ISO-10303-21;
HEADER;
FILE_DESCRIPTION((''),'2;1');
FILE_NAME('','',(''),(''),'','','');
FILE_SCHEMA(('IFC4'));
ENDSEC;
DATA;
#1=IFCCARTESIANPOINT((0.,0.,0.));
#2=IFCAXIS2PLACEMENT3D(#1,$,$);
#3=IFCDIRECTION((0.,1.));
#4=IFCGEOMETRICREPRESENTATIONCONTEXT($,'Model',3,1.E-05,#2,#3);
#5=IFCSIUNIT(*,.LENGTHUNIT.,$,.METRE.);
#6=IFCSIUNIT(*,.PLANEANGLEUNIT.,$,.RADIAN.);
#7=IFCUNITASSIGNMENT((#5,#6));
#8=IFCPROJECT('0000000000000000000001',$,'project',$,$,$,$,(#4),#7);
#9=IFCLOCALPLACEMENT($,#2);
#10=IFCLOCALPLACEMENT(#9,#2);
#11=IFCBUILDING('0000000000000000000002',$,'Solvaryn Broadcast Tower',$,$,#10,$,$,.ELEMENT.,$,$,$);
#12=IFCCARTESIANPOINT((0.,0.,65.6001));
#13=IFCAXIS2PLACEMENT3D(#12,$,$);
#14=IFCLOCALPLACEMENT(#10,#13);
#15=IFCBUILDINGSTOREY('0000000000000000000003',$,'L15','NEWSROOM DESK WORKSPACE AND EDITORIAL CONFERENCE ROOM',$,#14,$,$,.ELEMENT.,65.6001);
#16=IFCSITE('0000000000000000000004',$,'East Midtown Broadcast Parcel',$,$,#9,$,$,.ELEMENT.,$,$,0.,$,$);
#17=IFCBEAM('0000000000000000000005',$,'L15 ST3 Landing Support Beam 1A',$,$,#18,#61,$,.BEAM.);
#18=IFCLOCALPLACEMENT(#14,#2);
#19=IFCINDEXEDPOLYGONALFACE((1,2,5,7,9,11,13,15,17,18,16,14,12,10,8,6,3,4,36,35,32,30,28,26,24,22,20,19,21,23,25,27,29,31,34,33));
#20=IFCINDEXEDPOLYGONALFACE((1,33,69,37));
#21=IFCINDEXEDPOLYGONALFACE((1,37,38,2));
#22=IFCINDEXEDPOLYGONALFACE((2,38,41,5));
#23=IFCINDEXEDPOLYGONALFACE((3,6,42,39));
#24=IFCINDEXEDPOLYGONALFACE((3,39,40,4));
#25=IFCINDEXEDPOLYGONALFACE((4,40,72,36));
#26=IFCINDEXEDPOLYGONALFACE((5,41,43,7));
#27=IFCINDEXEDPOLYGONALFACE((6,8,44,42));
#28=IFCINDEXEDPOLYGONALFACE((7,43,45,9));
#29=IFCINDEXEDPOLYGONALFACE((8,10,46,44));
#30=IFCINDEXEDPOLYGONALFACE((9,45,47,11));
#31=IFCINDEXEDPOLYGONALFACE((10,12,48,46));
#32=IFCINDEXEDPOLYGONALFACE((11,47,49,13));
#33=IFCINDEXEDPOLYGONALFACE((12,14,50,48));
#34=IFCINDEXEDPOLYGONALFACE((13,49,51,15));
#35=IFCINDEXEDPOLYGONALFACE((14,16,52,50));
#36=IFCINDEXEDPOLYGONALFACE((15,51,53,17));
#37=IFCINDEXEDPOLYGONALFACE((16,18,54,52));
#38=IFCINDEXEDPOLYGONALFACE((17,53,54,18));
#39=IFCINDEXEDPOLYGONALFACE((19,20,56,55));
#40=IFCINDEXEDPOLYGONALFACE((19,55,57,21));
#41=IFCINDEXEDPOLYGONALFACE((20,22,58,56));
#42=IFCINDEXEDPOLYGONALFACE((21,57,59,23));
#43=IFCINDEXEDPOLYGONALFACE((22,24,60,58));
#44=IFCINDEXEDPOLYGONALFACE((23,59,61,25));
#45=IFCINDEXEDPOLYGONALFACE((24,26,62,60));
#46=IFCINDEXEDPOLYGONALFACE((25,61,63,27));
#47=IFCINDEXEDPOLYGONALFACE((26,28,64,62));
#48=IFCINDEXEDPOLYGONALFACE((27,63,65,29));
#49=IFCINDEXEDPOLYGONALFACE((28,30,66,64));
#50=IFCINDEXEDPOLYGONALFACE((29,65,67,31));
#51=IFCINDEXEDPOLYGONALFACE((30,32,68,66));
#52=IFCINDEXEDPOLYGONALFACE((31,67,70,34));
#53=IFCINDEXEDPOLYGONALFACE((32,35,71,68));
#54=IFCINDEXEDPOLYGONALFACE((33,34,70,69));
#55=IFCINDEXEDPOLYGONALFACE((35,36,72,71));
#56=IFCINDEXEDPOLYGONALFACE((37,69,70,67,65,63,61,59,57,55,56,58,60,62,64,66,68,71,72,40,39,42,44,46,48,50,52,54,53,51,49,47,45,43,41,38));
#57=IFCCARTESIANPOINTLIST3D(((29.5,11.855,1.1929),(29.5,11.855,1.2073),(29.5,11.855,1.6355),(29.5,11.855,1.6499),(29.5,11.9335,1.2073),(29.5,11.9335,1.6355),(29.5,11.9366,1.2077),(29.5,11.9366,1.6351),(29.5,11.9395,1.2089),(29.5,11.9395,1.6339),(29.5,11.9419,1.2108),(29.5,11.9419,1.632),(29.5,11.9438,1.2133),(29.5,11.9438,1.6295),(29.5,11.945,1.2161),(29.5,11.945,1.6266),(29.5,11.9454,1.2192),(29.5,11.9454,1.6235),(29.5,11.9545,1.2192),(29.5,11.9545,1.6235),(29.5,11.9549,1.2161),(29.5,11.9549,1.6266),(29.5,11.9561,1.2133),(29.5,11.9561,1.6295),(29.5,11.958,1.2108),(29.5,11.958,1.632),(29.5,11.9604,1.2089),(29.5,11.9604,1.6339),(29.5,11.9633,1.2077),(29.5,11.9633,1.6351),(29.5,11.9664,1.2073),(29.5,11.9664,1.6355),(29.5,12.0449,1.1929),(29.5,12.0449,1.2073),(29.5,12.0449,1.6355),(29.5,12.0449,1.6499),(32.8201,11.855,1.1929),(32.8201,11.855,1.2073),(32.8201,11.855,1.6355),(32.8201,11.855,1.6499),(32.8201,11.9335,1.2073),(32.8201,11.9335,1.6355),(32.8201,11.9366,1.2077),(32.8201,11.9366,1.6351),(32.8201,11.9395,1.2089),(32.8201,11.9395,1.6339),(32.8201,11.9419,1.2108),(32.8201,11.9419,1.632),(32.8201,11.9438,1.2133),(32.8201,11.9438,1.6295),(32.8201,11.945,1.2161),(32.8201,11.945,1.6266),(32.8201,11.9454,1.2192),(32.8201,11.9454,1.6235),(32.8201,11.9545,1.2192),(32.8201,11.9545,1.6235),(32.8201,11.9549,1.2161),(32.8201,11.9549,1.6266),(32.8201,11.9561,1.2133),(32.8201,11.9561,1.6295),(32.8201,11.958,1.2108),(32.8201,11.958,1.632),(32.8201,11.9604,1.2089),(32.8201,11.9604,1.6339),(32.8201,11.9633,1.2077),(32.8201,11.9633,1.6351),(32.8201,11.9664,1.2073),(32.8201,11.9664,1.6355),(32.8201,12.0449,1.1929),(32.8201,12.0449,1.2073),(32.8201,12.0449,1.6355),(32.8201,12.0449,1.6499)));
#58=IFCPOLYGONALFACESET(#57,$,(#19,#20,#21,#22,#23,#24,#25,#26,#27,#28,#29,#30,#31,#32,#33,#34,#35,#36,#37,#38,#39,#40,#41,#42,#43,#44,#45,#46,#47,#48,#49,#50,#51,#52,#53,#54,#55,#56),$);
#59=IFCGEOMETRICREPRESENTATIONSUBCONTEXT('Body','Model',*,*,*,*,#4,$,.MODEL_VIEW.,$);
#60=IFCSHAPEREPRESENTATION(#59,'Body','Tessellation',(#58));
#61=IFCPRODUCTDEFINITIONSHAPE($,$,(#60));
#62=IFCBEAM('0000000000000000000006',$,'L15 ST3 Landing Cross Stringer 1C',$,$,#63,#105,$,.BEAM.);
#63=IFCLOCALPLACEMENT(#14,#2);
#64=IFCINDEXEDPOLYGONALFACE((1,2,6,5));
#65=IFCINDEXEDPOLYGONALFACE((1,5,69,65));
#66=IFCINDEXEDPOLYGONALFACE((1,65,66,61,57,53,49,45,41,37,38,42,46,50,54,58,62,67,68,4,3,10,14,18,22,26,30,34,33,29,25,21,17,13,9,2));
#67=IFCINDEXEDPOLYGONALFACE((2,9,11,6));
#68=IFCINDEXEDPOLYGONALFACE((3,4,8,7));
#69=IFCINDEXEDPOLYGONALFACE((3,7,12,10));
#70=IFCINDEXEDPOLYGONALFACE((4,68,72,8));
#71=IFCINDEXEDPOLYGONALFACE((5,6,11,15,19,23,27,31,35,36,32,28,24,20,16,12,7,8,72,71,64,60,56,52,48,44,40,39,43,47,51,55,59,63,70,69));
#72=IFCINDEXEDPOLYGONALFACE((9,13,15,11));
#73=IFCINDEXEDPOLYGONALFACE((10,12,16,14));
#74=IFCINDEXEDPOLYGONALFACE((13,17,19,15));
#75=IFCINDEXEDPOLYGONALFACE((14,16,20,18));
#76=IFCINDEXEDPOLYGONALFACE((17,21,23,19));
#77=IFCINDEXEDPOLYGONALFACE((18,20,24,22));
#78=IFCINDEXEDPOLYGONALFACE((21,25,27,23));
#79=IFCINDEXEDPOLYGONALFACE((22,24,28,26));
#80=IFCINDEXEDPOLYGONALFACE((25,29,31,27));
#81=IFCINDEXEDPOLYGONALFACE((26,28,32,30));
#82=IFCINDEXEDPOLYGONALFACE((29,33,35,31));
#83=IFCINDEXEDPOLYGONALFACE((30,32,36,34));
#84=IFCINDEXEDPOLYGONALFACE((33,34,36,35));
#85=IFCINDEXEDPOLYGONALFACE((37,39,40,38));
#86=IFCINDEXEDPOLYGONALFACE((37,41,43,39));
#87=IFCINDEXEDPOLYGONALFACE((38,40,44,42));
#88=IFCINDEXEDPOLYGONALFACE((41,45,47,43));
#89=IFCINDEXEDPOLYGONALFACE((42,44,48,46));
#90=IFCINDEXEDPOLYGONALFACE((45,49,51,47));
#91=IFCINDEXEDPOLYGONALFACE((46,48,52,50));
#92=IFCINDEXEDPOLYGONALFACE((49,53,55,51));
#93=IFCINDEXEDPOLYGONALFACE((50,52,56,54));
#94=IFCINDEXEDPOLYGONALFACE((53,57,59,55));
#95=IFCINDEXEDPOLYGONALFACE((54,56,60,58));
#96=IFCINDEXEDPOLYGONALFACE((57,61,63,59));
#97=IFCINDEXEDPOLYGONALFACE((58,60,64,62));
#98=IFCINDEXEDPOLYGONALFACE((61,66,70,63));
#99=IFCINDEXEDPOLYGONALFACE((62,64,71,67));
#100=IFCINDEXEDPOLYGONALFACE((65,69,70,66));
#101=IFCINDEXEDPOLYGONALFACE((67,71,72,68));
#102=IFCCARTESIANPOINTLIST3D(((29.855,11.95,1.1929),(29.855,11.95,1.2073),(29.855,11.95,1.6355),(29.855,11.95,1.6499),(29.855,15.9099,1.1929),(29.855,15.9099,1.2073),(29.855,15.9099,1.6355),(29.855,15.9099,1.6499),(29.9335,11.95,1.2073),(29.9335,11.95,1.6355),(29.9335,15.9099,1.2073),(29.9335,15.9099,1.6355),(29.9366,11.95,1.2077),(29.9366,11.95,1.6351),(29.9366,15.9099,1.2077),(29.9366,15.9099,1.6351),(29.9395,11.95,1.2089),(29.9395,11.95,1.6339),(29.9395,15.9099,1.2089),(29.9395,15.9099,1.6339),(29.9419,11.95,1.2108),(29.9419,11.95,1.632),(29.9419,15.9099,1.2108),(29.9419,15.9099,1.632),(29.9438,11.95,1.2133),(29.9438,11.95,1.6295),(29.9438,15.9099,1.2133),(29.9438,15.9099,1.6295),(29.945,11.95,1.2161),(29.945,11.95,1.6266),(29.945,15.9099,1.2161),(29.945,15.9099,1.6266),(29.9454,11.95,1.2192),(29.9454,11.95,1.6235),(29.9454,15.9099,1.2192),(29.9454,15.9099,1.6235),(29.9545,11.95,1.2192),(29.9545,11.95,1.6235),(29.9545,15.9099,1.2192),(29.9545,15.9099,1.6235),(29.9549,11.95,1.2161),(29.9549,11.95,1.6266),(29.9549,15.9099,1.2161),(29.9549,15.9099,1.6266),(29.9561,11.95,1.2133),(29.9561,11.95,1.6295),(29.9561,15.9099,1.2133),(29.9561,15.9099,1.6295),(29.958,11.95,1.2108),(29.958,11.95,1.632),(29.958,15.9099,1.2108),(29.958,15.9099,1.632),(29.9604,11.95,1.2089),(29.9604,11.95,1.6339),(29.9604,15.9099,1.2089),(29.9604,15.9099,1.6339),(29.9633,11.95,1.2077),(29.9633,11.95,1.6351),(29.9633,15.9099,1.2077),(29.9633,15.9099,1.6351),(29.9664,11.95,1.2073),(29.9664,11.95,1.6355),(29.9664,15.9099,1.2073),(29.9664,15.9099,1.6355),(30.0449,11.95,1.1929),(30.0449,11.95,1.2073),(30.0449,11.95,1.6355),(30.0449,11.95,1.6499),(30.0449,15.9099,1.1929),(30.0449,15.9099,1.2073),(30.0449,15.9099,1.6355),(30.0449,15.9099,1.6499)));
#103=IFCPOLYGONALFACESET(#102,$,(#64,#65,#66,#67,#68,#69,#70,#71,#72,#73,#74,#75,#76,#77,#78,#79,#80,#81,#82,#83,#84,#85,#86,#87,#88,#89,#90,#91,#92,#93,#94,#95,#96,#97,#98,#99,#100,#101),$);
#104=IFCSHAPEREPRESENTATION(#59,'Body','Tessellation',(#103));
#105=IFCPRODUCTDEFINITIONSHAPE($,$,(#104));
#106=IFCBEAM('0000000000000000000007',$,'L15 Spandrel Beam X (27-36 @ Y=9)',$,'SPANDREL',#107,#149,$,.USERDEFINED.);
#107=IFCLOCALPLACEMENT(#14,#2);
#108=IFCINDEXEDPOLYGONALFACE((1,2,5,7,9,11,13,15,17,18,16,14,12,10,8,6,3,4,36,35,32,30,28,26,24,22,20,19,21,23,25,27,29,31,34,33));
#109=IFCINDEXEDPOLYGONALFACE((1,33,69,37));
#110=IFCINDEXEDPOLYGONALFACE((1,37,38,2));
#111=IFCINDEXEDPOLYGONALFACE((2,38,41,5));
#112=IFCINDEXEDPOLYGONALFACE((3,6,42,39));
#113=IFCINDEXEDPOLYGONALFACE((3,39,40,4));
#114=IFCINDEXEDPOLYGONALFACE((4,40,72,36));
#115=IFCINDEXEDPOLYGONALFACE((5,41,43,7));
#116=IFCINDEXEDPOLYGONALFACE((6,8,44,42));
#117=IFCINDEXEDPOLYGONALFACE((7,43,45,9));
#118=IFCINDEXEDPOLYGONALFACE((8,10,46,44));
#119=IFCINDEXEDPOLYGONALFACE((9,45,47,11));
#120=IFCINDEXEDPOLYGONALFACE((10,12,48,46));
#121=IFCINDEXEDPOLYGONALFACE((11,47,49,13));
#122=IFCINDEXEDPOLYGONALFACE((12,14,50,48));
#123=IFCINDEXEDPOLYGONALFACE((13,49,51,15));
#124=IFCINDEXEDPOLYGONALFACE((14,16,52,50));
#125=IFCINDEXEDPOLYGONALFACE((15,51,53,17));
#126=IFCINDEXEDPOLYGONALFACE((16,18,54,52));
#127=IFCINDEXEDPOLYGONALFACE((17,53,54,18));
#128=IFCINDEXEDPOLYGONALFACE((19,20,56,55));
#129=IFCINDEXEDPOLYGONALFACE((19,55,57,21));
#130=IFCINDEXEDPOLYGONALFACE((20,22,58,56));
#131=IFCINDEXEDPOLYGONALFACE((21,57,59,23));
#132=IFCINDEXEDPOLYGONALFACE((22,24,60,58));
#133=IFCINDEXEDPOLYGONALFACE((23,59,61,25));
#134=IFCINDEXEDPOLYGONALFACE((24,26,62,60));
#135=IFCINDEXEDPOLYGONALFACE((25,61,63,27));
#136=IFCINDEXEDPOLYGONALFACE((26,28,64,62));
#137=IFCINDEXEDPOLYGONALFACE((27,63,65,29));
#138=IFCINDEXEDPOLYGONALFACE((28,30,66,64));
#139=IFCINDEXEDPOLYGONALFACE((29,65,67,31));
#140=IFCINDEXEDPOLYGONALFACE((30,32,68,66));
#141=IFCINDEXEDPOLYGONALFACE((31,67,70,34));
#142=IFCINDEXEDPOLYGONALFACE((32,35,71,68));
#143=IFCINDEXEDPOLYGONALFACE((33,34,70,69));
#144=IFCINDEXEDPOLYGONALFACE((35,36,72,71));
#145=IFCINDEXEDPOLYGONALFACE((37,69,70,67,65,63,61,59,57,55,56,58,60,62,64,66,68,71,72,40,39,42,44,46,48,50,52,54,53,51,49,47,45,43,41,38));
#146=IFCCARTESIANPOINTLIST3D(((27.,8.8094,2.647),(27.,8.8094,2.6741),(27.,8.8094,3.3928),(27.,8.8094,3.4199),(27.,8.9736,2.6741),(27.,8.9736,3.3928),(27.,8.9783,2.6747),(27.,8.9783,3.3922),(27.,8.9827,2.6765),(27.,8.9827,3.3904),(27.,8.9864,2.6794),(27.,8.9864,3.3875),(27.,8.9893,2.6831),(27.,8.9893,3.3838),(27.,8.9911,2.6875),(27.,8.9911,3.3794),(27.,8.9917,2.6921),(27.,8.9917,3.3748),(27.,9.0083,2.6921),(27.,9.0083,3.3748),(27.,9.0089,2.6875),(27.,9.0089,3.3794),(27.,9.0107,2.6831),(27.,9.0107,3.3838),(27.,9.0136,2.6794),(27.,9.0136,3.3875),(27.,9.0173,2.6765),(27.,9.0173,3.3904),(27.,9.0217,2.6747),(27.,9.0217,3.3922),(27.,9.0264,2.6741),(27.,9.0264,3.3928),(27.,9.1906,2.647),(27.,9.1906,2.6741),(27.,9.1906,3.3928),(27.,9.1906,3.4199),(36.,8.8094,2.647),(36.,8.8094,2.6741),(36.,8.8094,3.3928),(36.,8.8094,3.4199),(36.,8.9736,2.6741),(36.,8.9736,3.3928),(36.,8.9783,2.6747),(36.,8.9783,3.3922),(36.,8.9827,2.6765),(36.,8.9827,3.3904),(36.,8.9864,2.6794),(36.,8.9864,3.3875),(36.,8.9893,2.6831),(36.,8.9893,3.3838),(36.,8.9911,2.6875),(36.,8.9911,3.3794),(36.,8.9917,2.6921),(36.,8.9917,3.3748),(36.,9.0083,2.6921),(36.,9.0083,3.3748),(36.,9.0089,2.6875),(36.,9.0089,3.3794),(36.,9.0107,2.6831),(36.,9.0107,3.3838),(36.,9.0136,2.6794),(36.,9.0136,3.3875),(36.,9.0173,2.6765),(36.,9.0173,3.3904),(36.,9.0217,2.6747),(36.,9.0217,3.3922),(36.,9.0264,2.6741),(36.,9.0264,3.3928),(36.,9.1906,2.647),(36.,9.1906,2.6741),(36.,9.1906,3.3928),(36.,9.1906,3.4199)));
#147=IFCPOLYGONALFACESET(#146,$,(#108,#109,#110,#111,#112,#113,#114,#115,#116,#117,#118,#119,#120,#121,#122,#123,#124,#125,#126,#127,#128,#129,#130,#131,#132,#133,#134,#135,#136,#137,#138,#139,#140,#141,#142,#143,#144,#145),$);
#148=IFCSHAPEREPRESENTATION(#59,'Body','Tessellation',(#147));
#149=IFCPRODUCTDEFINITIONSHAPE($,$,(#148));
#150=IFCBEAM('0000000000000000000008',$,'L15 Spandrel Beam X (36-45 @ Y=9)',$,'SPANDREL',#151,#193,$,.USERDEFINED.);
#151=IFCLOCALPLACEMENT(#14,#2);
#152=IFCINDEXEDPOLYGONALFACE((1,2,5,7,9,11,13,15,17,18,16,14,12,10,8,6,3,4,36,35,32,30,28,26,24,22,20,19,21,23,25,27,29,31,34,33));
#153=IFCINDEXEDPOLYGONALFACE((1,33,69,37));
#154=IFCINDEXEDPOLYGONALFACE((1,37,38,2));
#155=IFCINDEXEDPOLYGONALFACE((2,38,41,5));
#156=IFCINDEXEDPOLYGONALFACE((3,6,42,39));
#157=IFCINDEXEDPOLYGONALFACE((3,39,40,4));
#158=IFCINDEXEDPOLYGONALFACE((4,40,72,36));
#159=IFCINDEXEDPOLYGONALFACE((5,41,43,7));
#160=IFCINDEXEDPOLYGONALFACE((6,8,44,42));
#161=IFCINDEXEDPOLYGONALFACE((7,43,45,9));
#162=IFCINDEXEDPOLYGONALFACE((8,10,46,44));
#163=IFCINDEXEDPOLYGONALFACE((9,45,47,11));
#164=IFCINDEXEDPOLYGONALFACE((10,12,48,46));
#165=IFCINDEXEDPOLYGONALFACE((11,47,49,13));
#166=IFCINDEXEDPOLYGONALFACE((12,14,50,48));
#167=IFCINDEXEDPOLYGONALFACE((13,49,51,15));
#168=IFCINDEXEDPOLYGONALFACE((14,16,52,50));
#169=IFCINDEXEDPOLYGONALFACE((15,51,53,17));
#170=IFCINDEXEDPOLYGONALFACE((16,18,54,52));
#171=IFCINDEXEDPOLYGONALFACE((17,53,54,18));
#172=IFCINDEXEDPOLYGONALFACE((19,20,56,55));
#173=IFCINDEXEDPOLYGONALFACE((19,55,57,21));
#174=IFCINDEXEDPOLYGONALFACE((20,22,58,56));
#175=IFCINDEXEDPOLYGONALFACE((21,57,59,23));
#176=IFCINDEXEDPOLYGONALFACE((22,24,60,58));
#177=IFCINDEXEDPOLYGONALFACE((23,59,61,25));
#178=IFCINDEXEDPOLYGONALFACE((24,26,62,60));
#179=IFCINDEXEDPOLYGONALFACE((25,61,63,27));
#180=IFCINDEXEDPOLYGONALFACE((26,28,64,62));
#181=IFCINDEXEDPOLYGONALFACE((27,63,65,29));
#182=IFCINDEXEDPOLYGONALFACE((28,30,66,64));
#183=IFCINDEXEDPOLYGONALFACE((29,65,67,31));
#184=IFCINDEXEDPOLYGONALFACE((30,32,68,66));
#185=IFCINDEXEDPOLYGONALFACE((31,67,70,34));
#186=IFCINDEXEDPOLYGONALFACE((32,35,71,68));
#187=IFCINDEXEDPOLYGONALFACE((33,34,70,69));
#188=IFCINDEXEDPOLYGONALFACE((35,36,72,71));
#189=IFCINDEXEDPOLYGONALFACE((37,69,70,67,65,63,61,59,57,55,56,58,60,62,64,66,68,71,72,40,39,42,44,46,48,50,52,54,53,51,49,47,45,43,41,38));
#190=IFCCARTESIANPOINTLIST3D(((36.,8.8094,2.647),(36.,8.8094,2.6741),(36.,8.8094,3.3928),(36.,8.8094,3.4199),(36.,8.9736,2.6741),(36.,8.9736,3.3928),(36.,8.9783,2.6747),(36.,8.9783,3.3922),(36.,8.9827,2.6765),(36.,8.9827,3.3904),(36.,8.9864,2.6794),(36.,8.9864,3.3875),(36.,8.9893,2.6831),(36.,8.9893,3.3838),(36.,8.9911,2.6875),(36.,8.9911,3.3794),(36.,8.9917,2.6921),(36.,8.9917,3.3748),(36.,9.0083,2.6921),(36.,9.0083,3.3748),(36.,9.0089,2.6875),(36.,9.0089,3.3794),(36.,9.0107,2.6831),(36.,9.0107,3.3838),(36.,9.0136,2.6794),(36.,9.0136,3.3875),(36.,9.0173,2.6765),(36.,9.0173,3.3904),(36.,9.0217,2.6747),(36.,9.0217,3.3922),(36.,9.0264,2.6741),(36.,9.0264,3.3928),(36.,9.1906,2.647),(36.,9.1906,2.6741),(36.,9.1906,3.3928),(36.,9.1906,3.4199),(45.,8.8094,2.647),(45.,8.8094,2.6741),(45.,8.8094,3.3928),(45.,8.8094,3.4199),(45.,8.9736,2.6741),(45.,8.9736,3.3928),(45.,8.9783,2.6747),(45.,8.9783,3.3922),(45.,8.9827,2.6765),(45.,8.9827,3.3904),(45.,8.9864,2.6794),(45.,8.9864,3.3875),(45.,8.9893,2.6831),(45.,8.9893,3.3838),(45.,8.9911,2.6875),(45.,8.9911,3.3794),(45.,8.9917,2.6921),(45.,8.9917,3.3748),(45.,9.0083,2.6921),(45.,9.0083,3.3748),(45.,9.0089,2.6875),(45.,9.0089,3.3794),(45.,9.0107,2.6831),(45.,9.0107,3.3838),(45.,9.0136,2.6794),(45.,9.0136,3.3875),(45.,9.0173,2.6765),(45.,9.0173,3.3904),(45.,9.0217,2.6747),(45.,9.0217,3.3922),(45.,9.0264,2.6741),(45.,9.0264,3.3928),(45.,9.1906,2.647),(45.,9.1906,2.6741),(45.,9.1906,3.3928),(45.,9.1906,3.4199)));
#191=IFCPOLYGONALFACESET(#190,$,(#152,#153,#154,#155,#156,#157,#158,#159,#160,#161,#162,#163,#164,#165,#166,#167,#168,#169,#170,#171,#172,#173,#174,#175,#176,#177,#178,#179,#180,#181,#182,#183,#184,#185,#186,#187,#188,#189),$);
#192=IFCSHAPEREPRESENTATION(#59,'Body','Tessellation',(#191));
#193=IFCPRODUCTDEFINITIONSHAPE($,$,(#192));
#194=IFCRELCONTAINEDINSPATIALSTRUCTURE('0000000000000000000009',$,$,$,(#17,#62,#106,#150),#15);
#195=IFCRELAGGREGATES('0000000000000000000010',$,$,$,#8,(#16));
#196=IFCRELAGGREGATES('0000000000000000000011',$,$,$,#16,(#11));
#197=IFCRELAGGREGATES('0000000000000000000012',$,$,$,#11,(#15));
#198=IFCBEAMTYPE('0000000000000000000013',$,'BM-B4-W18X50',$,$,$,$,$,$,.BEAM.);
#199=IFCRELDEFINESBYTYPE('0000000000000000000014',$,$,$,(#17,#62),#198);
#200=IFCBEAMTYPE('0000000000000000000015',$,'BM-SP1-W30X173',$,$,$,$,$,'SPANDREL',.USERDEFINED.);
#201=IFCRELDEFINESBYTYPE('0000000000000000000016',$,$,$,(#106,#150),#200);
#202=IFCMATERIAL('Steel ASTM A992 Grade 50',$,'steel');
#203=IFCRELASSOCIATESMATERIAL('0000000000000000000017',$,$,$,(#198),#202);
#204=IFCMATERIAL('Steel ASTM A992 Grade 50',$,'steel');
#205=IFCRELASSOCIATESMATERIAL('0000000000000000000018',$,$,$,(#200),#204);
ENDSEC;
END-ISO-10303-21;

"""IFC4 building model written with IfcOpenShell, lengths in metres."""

from ifc_helpers import new_model, si_unit, direction, frame, origin, origin_2d, place, context, subcontext, project, spatial, i_section, extrude, material, material_profile, profile_set, type_object, element, save


model = new_model("IFC4")

# Units and contexts
model_context = context("Model", 3, precision=1e-05, world=origin(), true_north=direction((0.0, 1.0)))
body_context = subcontext(model_context, "Body", "Model", "MODEL_VIEW")
ifc_project = project(units=[si_unit("LENGTHUNIT", "METRE"), si_unit("PLANEANGLEUNIT", "RADIAN")], contexts=[model_context])

# Site, building, storey
site_placement = place(None, origin())
site = spatial("IfcSite", under=ifc_project, at=site_placement, Name="East Midtown Broadcast Parcel", CompositionType="ELEMENT", RefElevation=0.0)
building_placement = place(site_placement, origin())
building = spatial("IfcBuilding", under=site, at=building_placement, Name="Solvaryn Broadcast Tower", CompositionType="ELEMENT")
storey_placement = place(building_placement, frame((0.0, 0.0, 65.6001)))
storey = spatial("IfcBuildingStorey", under=building, at=storey_placement, Name="L15", Description="NEWSROOM DESK WORKSPACE AND EDITORIAL CONFERENCE ROOM", CompositionType="ELEMENT", Elevation=65.6001)

# Beams
ifc_material_1 = material(Name="Steel ASTM A992 Grade 50", Category="steel")
ifc_material_profile_1 = material_profile(ifc_material_1, i_section(OverallWidth=0.1899, OverallDepth=0.457, WebThickness=0.009, FlangeThickness=0.0144, FilletRadius=0.012, at=origin_2d()))
ifc_profile_set_1 = profile_set([ifc_material_profile_1], Name="Steel ASTM A992 Grade 50")
beam_type_1 = type_object("IfcBeamType", Name="BM-B4-W18X50", PredefinedType="BEAM", material=ifc_profile_set_1)
beam_1_placement = place(storey_placement, frame((29.5, 11.95, 1.4214), z_axis=(1.0, 0.0, 0.0), x_axis=(0.0, 1.0, 0.0)))
element("IfcBeam", 1, at=beam_1_placement, inside=storey, type_object=beam_type_1, Name="L15 ST3 Landing Support Beam 1A", PredefinedType="BEAM", context=body_context, shape_type="SweptSolid", body=[
    extrude(i_section(OverallWidth=0.1899, OverallDepth=0.457, WebThickness=0.009, FlangeThickness=0.0144, FilletRadius=0.012, at=origin_2d()), origin(), (0.0, 0.0, 1.0), 3.3201),
])
beam_2_placement = place(storey_placement, frame((29.95, 11.95, 1.4214), z_axis=(0.0, 1.0, 0.0), x_axis=(-1.0, 0.0, 0.0)))
element("IfcBeam", 2, at=beam_2_placement, inside=storey, type_object=beam_type_1, Name="L15 ST3 Landing Cross Stringer 1C", PredefinedType="BEAM", context=body_context, shape_type="SweptSolid", body=[
    extrude(i_section(OverallWidth=0.1899, OverallDepth=0.457, WebThickness=0.009, FlangeThickness=0.0144, FilletRadius=0.012, at=origin_2d()), origin(), (0.0, 0.0, 1.0), 3.96),
])
ifc_material_2 = material(Name="Steel ASTM A992 Grade 50", Category="steel")
ifc_material_profile_2 = material_profile(ifc_material_2, i_section(OverallWidth=0.3811, OverallDepth=0.7729, WebThickness=0.0166, FlangeThickness=0.0271, FilletRadius=0.0181, at=origin_2d()))
ifc_profile_set_2 = profile_set([ifc_material_profile_2], Name="Steel ASTM A992 Grade 50")
beam_type_2 = type_object("IfcBeamType", Name="BM-SP1-W30X173", ElementType="SPANDREL", PredefinedType="USERDEFINED", material=ifc_profile_set_2)
for number, where, z_axis, x_axis, name in (
    (3, (27.0, 9.0, 3.0334), (1.0, 0.0, 0.0), (0.0, 1.0, 0.0), "L15 Spandrel Beam X (27-36 @ Y=9)"),
    (4, (36.0, 9.0, 3.0334), (1.0, 0.0, 0.0), (0.0, 1.0, 0.0), "L15 Spandrel Beam X (36-45 @ Y=9)"),
):
    element("IfcBeam", number, at=place(storey_placement, frame(where, z_axis=z_axis, x_axis=x_axis)), inside=storey, type_object=beam_type_2, Name=name, ObjectType="SPANDREL", PredefinedType="USERDEFINED", context=body_context, shape_type="SweptSolid", body=[
        extrude(i_section(OverallWidth=0.3811, OverallDepth=0.7729, WebThickness=0.0166, FlangeThickness=0.0271, FilletRadius=0.0181, at=origin_2d()), origin(), (0.0, 0.0, 1.0), 9.0),
    ])

save(model, "model.ifc")
